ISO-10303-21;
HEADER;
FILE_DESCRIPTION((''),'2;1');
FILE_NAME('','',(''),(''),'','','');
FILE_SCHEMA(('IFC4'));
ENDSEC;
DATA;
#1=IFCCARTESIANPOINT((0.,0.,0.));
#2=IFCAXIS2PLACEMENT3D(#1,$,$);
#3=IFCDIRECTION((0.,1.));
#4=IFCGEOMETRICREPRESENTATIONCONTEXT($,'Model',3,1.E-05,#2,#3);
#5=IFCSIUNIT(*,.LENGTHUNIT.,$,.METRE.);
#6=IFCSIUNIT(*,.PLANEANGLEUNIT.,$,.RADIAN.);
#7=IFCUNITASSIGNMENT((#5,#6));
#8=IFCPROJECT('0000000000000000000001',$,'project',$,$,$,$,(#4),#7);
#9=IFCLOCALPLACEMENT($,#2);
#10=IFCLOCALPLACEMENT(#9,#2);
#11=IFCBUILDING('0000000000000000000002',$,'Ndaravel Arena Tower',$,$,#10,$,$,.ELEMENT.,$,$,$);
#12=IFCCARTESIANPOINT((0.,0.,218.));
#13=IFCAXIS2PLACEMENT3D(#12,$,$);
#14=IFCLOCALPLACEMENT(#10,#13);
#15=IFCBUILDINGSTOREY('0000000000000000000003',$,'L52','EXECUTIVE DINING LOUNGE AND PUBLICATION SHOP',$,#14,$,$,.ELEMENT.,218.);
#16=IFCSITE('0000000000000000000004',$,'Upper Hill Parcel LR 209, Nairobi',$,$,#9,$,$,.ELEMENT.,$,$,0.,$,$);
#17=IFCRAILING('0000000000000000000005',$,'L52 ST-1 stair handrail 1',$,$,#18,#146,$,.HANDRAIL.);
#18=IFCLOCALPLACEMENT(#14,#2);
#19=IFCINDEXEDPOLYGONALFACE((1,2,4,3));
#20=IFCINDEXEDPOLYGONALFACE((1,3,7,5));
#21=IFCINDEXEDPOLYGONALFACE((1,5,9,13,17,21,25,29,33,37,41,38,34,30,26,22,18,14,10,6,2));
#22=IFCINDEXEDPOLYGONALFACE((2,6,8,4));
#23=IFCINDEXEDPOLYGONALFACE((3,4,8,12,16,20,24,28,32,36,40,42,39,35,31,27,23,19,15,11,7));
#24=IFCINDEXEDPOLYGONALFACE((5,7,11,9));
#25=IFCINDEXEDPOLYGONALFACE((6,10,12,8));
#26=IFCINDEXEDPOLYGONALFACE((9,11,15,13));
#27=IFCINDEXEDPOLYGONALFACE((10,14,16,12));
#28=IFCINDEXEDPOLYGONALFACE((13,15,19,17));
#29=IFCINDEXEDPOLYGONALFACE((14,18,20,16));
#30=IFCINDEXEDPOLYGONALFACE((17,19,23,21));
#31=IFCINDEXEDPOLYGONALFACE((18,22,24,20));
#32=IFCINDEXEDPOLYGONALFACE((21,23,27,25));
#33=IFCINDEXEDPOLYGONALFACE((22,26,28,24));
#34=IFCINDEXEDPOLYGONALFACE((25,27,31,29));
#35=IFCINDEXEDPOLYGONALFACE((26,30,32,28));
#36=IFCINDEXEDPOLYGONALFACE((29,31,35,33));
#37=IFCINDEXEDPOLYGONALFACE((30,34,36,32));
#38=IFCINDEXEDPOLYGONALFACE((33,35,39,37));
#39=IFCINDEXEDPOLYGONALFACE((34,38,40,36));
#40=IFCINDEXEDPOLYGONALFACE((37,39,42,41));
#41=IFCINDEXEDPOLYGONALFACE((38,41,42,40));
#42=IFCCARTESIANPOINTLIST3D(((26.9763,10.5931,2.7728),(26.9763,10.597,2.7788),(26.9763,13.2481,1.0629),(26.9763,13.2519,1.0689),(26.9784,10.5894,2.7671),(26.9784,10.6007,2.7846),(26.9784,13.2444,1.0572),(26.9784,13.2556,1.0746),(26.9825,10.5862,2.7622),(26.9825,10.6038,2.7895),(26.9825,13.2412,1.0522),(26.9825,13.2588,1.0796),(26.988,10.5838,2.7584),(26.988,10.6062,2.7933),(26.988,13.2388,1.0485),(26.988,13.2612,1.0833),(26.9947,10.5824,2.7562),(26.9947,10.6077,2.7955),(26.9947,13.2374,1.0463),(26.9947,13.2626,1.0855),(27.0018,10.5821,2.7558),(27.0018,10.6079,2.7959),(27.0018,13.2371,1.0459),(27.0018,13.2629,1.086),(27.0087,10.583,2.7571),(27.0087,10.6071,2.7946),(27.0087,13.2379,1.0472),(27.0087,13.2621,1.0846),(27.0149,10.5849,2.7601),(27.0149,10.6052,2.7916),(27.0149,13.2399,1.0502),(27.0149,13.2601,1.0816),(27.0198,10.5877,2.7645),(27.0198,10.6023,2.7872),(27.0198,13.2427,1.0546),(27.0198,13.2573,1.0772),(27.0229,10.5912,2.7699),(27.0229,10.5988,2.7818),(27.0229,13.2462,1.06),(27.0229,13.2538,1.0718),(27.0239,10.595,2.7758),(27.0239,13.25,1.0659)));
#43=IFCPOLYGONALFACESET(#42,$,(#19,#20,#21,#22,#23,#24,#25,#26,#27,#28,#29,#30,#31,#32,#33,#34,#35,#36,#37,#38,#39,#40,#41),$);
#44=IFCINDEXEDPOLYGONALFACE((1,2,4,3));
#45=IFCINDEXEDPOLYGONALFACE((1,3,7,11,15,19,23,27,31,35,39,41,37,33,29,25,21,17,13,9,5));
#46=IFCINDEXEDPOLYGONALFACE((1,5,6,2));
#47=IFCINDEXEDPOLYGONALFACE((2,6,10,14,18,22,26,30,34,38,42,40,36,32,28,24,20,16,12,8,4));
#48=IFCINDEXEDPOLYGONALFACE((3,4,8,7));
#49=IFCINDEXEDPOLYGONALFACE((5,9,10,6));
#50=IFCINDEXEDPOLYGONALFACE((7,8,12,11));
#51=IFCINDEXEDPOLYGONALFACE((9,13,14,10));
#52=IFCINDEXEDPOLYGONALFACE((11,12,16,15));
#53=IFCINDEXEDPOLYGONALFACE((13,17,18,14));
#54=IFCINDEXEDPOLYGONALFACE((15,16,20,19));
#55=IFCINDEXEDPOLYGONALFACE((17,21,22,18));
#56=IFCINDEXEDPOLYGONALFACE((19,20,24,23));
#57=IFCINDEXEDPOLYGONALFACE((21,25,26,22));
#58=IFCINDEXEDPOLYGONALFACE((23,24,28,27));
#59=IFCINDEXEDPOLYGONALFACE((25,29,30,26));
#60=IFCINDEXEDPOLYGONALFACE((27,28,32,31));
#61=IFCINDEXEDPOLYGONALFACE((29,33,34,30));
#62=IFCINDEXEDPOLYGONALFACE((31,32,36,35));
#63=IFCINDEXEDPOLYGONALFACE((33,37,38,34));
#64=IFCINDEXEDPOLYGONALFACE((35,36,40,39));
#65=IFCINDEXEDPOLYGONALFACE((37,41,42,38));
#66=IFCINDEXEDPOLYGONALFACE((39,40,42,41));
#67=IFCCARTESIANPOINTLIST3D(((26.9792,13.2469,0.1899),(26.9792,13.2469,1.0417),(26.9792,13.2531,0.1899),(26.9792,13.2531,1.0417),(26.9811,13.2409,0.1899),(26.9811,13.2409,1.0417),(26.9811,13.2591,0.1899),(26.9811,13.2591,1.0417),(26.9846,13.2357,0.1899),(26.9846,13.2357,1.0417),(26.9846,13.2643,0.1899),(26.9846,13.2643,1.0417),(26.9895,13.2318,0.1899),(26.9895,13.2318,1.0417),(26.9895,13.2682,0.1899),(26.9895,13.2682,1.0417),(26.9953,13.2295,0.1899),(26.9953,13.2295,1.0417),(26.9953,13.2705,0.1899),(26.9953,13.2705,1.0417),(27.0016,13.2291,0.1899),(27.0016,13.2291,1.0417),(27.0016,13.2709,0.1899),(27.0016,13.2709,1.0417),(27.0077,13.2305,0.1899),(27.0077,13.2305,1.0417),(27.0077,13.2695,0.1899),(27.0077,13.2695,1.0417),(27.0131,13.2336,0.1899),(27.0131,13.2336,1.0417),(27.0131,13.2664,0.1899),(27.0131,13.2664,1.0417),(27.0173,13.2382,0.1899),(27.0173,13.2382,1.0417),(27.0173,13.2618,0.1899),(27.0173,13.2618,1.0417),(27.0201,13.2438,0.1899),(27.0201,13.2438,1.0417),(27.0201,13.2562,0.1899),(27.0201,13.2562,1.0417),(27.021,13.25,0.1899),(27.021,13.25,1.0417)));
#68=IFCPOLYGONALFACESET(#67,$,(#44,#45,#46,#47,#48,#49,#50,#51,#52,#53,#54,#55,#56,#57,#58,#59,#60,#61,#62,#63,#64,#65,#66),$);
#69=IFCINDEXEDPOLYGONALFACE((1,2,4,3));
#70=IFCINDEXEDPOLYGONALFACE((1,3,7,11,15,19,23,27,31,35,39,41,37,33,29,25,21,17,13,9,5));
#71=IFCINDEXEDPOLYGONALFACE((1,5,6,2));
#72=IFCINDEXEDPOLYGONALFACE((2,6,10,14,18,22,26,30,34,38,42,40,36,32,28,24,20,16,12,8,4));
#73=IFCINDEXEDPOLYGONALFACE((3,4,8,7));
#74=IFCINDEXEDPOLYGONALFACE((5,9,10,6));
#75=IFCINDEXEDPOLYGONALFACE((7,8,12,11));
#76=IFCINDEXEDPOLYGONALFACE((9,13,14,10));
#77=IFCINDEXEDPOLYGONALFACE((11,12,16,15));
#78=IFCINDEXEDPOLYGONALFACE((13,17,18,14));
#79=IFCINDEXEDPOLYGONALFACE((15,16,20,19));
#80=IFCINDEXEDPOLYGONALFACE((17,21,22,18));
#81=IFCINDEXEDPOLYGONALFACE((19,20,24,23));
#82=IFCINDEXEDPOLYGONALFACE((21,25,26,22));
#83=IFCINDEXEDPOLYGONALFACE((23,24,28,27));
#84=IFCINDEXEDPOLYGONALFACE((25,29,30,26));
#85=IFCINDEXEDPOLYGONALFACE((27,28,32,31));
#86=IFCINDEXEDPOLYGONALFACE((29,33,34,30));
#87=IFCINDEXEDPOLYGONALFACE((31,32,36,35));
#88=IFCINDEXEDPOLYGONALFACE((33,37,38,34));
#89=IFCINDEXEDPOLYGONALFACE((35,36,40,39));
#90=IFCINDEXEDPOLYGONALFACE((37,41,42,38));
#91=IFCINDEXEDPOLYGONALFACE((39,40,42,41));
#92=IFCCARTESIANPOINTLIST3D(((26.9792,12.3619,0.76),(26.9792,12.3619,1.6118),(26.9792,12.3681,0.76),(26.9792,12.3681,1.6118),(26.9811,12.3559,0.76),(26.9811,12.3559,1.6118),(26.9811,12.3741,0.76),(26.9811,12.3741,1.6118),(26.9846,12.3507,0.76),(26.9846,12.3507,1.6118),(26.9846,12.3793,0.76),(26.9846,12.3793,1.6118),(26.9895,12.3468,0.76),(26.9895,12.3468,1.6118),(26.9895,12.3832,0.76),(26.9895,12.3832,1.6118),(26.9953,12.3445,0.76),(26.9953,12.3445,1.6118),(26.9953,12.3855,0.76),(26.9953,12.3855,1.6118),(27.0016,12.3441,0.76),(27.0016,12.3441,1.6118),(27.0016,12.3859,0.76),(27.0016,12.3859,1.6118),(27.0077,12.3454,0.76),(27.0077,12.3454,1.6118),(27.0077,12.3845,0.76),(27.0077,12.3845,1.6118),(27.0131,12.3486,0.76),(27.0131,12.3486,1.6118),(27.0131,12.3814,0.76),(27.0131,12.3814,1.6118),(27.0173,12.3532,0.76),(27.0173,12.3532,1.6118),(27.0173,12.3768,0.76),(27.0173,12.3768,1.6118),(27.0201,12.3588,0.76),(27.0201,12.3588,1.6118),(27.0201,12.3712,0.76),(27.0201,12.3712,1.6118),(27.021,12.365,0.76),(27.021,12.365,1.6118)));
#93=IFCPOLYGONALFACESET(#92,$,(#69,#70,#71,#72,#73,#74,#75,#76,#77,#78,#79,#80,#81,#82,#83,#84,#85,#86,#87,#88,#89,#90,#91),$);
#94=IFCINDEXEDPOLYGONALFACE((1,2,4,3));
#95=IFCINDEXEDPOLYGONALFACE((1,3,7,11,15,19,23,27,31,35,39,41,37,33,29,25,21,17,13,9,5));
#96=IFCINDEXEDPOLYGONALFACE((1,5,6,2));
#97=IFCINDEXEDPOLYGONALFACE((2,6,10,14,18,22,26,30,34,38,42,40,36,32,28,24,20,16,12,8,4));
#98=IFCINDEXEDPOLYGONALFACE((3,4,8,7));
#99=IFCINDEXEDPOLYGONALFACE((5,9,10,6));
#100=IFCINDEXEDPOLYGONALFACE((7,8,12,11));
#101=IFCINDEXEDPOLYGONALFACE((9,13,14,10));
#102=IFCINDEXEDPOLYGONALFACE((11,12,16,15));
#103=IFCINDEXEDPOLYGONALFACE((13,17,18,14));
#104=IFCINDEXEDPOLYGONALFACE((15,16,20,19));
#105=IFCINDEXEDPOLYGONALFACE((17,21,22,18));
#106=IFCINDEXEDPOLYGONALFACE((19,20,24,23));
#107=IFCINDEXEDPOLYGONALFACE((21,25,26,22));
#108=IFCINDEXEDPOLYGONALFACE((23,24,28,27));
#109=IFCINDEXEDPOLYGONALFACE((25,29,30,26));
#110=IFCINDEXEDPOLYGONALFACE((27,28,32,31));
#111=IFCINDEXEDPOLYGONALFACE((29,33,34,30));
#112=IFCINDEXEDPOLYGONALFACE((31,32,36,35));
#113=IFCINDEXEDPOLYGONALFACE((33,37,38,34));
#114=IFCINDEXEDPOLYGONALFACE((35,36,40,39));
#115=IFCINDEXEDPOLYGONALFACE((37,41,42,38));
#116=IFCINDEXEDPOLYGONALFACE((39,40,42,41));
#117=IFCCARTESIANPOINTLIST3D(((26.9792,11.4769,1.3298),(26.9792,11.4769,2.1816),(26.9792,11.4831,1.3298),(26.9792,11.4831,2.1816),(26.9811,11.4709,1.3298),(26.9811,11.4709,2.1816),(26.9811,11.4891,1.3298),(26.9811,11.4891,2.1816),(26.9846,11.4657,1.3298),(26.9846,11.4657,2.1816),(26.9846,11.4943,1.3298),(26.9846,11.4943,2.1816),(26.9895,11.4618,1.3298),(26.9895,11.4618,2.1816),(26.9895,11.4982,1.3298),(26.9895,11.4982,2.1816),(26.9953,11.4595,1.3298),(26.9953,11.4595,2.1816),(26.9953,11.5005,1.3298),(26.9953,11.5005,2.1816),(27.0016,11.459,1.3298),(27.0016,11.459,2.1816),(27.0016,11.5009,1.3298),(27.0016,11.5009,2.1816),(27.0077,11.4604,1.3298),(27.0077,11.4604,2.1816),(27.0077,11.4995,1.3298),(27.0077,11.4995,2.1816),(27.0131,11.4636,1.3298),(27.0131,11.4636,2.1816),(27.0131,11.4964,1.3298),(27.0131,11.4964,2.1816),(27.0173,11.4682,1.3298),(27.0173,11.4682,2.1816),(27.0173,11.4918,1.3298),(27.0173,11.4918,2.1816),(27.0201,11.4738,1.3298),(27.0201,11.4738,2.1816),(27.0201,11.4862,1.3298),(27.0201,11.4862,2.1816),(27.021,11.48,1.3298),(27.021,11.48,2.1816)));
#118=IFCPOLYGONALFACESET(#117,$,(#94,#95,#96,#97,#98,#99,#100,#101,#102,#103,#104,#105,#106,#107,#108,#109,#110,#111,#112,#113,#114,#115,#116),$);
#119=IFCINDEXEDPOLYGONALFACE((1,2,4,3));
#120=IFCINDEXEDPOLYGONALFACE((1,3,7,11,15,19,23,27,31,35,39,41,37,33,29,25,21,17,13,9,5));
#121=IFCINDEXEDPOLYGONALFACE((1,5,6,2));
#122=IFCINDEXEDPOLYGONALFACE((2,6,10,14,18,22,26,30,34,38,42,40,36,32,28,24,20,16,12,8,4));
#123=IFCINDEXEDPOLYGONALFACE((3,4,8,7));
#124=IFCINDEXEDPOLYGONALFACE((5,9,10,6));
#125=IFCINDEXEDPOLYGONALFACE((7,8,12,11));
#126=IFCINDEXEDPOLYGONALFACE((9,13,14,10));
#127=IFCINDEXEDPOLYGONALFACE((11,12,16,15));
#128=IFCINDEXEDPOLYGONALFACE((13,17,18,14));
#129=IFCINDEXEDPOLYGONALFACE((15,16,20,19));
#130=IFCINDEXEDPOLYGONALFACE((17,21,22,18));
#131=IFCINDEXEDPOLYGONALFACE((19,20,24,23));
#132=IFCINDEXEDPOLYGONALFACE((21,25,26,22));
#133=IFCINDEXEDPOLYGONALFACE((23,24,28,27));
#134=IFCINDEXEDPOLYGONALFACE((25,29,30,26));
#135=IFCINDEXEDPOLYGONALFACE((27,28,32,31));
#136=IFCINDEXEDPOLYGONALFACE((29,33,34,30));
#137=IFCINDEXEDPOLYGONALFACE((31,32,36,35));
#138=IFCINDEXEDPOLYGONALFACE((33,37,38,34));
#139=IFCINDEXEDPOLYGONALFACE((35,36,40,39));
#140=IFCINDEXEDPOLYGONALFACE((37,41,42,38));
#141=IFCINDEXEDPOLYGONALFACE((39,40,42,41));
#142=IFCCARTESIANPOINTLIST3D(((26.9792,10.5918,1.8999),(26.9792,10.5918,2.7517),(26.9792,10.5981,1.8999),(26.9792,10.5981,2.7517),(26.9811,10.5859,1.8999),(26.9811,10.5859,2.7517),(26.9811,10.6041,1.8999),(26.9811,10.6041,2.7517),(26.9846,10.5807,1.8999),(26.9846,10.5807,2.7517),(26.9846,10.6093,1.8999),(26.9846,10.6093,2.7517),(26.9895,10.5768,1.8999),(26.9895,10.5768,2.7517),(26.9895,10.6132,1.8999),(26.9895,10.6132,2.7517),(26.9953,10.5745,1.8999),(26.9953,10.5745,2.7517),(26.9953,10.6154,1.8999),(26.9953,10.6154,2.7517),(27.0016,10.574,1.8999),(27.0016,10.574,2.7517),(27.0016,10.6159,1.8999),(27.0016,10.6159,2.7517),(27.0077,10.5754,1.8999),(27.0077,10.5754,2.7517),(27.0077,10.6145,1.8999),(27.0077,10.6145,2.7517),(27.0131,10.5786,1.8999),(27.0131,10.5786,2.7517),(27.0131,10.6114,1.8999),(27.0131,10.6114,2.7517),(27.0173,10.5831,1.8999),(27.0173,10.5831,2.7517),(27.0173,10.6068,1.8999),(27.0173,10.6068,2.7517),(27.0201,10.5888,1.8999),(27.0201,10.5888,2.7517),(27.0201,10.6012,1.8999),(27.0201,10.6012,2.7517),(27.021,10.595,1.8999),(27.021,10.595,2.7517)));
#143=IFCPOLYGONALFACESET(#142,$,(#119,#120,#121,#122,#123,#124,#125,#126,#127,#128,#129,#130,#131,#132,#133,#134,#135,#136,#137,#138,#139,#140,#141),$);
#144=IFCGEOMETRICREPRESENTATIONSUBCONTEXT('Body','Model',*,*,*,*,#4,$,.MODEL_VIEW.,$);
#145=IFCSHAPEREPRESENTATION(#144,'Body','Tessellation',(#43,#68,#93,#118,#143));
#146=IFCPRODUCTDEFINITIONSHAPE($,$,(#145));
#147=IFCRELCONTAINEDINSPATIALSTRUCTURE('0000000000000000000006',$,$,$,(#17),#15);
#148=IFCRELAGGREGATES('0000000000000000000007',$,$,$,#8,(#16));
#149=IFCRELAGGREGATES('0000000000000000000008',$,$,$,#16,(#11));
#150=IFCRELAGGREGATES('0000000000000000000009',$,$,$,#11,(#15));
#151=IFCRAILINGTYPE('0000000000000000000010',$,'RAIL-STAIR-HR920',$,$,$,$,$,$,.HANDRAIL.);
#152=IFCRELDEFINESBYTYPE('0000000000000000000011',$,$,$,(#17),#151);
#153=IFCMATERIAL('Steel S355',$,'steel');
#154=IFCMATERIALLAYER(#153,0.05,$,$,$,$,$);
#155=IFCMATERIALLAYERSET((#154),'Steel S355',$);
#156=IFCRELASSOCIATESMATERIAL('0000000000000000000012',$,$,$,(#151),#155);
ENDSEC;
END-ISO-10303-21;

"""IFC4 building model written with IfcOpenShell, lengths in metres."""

from ifc_helpers import new_model, si_unit, direction, frame, origin, origin_2d, place, context, subcontext, project, spatial, circle, extrude, material, layer, layer_set, type_object, element, save


model = new_model("IFC4")

# Units and contexts
model_context = context("Model", 3, precision=1e-05, world=origin(), true_north=direction((0.0, 1.0)))
body_context = subcontext(model_context, "Body", "Model", "MODEL_VIEW")
ifc_project = project(units=[si_unit("LENGTHUNIT", "METRE"), si_unit("PLANEANGLEUNIT", "RADIAN")], contexts=[model_context])

# Site, building, storey
site_placement = place(None, origin())
site = spatial("IfcSite", under=ifc_project, at=site_placement, Name="Upper Hill Parcel LR 209, Nairobi", CompositionType="ELEMENT", RefElevation=0.0)
building_placement = place(site_placement, origin())
building = spatial("IfcBuilding", under=site, at=building_placement, Name="Ndaravel Arena Tower", CompositionType="ELEMENT")
storey_placement = place(building_placement, frame((0.0, 0.0, 218.0)))
storey = spatial("IfcBuildingStorey", under=building, at=storey_placement, Name="L52", Description="EXECUTIVE DINING LOUNGE AND PUBLICATION SHOP", CompositionType="ELEMENT", Elevation=218.0)

# Railing
ifc_material_1 = material(Name="Steel S355", Category="steel")
ifc_layer_1 = layer(ifc_material_1, 0.05)
ifc_layer_set_1 = layer_set([ifc_layer_1], Name="Steel S355")
railing_type_1 = type_object("IfcRailingType", Name="RAIL-STAIR-HR920", PredefinedType="HANDRAIL", material=ifc_layer_set_1)
railing_1_placement = place(storey_placement, frame((27.0, 13.25, 0.1899)))
element("IfcRailing", 1, at=railing_1_placement, inside=storey, type_object=railing_type_1, Name="L52 ST-1 stair handrail 1", PredefinedType="HANDRAIL", context=body_context, shape_type="SweptSolid", body=[
    extrude(circle(Radius=0.0239, at=origin_2d()), frame((0.0, 0.0, 0.876), z_axis=(0.0, -0.840724, 0.541465), x_axis=(1.0, 0.0, 0.0)), (0.0, 0.0, 1.0), 3.158),
    extrude(circle(Radius=0.021, at=origin_2d()), origin(), (0.0, 0.0, 1.0), 0.8518),
    extrude(circle(Radius=0.021, at=origin_2d()), frame((0.0, -0.885, 0.5701)), (0.0, 0.0, 1.0), 0.8518),
    extrude(circle(Radius=0.021, at=origin_2d()), frame((0.0, -1.77, 1.1399)), (0.0, 0.0, 1.0), 0.8518),
    extrude(circle(Radius=0.021, at=origin_2d()), frame((0.0, -2.655, 1.71)), (0.0, 0.0, 1.0), 0.8518),
])

save(model, "model.ifc")
